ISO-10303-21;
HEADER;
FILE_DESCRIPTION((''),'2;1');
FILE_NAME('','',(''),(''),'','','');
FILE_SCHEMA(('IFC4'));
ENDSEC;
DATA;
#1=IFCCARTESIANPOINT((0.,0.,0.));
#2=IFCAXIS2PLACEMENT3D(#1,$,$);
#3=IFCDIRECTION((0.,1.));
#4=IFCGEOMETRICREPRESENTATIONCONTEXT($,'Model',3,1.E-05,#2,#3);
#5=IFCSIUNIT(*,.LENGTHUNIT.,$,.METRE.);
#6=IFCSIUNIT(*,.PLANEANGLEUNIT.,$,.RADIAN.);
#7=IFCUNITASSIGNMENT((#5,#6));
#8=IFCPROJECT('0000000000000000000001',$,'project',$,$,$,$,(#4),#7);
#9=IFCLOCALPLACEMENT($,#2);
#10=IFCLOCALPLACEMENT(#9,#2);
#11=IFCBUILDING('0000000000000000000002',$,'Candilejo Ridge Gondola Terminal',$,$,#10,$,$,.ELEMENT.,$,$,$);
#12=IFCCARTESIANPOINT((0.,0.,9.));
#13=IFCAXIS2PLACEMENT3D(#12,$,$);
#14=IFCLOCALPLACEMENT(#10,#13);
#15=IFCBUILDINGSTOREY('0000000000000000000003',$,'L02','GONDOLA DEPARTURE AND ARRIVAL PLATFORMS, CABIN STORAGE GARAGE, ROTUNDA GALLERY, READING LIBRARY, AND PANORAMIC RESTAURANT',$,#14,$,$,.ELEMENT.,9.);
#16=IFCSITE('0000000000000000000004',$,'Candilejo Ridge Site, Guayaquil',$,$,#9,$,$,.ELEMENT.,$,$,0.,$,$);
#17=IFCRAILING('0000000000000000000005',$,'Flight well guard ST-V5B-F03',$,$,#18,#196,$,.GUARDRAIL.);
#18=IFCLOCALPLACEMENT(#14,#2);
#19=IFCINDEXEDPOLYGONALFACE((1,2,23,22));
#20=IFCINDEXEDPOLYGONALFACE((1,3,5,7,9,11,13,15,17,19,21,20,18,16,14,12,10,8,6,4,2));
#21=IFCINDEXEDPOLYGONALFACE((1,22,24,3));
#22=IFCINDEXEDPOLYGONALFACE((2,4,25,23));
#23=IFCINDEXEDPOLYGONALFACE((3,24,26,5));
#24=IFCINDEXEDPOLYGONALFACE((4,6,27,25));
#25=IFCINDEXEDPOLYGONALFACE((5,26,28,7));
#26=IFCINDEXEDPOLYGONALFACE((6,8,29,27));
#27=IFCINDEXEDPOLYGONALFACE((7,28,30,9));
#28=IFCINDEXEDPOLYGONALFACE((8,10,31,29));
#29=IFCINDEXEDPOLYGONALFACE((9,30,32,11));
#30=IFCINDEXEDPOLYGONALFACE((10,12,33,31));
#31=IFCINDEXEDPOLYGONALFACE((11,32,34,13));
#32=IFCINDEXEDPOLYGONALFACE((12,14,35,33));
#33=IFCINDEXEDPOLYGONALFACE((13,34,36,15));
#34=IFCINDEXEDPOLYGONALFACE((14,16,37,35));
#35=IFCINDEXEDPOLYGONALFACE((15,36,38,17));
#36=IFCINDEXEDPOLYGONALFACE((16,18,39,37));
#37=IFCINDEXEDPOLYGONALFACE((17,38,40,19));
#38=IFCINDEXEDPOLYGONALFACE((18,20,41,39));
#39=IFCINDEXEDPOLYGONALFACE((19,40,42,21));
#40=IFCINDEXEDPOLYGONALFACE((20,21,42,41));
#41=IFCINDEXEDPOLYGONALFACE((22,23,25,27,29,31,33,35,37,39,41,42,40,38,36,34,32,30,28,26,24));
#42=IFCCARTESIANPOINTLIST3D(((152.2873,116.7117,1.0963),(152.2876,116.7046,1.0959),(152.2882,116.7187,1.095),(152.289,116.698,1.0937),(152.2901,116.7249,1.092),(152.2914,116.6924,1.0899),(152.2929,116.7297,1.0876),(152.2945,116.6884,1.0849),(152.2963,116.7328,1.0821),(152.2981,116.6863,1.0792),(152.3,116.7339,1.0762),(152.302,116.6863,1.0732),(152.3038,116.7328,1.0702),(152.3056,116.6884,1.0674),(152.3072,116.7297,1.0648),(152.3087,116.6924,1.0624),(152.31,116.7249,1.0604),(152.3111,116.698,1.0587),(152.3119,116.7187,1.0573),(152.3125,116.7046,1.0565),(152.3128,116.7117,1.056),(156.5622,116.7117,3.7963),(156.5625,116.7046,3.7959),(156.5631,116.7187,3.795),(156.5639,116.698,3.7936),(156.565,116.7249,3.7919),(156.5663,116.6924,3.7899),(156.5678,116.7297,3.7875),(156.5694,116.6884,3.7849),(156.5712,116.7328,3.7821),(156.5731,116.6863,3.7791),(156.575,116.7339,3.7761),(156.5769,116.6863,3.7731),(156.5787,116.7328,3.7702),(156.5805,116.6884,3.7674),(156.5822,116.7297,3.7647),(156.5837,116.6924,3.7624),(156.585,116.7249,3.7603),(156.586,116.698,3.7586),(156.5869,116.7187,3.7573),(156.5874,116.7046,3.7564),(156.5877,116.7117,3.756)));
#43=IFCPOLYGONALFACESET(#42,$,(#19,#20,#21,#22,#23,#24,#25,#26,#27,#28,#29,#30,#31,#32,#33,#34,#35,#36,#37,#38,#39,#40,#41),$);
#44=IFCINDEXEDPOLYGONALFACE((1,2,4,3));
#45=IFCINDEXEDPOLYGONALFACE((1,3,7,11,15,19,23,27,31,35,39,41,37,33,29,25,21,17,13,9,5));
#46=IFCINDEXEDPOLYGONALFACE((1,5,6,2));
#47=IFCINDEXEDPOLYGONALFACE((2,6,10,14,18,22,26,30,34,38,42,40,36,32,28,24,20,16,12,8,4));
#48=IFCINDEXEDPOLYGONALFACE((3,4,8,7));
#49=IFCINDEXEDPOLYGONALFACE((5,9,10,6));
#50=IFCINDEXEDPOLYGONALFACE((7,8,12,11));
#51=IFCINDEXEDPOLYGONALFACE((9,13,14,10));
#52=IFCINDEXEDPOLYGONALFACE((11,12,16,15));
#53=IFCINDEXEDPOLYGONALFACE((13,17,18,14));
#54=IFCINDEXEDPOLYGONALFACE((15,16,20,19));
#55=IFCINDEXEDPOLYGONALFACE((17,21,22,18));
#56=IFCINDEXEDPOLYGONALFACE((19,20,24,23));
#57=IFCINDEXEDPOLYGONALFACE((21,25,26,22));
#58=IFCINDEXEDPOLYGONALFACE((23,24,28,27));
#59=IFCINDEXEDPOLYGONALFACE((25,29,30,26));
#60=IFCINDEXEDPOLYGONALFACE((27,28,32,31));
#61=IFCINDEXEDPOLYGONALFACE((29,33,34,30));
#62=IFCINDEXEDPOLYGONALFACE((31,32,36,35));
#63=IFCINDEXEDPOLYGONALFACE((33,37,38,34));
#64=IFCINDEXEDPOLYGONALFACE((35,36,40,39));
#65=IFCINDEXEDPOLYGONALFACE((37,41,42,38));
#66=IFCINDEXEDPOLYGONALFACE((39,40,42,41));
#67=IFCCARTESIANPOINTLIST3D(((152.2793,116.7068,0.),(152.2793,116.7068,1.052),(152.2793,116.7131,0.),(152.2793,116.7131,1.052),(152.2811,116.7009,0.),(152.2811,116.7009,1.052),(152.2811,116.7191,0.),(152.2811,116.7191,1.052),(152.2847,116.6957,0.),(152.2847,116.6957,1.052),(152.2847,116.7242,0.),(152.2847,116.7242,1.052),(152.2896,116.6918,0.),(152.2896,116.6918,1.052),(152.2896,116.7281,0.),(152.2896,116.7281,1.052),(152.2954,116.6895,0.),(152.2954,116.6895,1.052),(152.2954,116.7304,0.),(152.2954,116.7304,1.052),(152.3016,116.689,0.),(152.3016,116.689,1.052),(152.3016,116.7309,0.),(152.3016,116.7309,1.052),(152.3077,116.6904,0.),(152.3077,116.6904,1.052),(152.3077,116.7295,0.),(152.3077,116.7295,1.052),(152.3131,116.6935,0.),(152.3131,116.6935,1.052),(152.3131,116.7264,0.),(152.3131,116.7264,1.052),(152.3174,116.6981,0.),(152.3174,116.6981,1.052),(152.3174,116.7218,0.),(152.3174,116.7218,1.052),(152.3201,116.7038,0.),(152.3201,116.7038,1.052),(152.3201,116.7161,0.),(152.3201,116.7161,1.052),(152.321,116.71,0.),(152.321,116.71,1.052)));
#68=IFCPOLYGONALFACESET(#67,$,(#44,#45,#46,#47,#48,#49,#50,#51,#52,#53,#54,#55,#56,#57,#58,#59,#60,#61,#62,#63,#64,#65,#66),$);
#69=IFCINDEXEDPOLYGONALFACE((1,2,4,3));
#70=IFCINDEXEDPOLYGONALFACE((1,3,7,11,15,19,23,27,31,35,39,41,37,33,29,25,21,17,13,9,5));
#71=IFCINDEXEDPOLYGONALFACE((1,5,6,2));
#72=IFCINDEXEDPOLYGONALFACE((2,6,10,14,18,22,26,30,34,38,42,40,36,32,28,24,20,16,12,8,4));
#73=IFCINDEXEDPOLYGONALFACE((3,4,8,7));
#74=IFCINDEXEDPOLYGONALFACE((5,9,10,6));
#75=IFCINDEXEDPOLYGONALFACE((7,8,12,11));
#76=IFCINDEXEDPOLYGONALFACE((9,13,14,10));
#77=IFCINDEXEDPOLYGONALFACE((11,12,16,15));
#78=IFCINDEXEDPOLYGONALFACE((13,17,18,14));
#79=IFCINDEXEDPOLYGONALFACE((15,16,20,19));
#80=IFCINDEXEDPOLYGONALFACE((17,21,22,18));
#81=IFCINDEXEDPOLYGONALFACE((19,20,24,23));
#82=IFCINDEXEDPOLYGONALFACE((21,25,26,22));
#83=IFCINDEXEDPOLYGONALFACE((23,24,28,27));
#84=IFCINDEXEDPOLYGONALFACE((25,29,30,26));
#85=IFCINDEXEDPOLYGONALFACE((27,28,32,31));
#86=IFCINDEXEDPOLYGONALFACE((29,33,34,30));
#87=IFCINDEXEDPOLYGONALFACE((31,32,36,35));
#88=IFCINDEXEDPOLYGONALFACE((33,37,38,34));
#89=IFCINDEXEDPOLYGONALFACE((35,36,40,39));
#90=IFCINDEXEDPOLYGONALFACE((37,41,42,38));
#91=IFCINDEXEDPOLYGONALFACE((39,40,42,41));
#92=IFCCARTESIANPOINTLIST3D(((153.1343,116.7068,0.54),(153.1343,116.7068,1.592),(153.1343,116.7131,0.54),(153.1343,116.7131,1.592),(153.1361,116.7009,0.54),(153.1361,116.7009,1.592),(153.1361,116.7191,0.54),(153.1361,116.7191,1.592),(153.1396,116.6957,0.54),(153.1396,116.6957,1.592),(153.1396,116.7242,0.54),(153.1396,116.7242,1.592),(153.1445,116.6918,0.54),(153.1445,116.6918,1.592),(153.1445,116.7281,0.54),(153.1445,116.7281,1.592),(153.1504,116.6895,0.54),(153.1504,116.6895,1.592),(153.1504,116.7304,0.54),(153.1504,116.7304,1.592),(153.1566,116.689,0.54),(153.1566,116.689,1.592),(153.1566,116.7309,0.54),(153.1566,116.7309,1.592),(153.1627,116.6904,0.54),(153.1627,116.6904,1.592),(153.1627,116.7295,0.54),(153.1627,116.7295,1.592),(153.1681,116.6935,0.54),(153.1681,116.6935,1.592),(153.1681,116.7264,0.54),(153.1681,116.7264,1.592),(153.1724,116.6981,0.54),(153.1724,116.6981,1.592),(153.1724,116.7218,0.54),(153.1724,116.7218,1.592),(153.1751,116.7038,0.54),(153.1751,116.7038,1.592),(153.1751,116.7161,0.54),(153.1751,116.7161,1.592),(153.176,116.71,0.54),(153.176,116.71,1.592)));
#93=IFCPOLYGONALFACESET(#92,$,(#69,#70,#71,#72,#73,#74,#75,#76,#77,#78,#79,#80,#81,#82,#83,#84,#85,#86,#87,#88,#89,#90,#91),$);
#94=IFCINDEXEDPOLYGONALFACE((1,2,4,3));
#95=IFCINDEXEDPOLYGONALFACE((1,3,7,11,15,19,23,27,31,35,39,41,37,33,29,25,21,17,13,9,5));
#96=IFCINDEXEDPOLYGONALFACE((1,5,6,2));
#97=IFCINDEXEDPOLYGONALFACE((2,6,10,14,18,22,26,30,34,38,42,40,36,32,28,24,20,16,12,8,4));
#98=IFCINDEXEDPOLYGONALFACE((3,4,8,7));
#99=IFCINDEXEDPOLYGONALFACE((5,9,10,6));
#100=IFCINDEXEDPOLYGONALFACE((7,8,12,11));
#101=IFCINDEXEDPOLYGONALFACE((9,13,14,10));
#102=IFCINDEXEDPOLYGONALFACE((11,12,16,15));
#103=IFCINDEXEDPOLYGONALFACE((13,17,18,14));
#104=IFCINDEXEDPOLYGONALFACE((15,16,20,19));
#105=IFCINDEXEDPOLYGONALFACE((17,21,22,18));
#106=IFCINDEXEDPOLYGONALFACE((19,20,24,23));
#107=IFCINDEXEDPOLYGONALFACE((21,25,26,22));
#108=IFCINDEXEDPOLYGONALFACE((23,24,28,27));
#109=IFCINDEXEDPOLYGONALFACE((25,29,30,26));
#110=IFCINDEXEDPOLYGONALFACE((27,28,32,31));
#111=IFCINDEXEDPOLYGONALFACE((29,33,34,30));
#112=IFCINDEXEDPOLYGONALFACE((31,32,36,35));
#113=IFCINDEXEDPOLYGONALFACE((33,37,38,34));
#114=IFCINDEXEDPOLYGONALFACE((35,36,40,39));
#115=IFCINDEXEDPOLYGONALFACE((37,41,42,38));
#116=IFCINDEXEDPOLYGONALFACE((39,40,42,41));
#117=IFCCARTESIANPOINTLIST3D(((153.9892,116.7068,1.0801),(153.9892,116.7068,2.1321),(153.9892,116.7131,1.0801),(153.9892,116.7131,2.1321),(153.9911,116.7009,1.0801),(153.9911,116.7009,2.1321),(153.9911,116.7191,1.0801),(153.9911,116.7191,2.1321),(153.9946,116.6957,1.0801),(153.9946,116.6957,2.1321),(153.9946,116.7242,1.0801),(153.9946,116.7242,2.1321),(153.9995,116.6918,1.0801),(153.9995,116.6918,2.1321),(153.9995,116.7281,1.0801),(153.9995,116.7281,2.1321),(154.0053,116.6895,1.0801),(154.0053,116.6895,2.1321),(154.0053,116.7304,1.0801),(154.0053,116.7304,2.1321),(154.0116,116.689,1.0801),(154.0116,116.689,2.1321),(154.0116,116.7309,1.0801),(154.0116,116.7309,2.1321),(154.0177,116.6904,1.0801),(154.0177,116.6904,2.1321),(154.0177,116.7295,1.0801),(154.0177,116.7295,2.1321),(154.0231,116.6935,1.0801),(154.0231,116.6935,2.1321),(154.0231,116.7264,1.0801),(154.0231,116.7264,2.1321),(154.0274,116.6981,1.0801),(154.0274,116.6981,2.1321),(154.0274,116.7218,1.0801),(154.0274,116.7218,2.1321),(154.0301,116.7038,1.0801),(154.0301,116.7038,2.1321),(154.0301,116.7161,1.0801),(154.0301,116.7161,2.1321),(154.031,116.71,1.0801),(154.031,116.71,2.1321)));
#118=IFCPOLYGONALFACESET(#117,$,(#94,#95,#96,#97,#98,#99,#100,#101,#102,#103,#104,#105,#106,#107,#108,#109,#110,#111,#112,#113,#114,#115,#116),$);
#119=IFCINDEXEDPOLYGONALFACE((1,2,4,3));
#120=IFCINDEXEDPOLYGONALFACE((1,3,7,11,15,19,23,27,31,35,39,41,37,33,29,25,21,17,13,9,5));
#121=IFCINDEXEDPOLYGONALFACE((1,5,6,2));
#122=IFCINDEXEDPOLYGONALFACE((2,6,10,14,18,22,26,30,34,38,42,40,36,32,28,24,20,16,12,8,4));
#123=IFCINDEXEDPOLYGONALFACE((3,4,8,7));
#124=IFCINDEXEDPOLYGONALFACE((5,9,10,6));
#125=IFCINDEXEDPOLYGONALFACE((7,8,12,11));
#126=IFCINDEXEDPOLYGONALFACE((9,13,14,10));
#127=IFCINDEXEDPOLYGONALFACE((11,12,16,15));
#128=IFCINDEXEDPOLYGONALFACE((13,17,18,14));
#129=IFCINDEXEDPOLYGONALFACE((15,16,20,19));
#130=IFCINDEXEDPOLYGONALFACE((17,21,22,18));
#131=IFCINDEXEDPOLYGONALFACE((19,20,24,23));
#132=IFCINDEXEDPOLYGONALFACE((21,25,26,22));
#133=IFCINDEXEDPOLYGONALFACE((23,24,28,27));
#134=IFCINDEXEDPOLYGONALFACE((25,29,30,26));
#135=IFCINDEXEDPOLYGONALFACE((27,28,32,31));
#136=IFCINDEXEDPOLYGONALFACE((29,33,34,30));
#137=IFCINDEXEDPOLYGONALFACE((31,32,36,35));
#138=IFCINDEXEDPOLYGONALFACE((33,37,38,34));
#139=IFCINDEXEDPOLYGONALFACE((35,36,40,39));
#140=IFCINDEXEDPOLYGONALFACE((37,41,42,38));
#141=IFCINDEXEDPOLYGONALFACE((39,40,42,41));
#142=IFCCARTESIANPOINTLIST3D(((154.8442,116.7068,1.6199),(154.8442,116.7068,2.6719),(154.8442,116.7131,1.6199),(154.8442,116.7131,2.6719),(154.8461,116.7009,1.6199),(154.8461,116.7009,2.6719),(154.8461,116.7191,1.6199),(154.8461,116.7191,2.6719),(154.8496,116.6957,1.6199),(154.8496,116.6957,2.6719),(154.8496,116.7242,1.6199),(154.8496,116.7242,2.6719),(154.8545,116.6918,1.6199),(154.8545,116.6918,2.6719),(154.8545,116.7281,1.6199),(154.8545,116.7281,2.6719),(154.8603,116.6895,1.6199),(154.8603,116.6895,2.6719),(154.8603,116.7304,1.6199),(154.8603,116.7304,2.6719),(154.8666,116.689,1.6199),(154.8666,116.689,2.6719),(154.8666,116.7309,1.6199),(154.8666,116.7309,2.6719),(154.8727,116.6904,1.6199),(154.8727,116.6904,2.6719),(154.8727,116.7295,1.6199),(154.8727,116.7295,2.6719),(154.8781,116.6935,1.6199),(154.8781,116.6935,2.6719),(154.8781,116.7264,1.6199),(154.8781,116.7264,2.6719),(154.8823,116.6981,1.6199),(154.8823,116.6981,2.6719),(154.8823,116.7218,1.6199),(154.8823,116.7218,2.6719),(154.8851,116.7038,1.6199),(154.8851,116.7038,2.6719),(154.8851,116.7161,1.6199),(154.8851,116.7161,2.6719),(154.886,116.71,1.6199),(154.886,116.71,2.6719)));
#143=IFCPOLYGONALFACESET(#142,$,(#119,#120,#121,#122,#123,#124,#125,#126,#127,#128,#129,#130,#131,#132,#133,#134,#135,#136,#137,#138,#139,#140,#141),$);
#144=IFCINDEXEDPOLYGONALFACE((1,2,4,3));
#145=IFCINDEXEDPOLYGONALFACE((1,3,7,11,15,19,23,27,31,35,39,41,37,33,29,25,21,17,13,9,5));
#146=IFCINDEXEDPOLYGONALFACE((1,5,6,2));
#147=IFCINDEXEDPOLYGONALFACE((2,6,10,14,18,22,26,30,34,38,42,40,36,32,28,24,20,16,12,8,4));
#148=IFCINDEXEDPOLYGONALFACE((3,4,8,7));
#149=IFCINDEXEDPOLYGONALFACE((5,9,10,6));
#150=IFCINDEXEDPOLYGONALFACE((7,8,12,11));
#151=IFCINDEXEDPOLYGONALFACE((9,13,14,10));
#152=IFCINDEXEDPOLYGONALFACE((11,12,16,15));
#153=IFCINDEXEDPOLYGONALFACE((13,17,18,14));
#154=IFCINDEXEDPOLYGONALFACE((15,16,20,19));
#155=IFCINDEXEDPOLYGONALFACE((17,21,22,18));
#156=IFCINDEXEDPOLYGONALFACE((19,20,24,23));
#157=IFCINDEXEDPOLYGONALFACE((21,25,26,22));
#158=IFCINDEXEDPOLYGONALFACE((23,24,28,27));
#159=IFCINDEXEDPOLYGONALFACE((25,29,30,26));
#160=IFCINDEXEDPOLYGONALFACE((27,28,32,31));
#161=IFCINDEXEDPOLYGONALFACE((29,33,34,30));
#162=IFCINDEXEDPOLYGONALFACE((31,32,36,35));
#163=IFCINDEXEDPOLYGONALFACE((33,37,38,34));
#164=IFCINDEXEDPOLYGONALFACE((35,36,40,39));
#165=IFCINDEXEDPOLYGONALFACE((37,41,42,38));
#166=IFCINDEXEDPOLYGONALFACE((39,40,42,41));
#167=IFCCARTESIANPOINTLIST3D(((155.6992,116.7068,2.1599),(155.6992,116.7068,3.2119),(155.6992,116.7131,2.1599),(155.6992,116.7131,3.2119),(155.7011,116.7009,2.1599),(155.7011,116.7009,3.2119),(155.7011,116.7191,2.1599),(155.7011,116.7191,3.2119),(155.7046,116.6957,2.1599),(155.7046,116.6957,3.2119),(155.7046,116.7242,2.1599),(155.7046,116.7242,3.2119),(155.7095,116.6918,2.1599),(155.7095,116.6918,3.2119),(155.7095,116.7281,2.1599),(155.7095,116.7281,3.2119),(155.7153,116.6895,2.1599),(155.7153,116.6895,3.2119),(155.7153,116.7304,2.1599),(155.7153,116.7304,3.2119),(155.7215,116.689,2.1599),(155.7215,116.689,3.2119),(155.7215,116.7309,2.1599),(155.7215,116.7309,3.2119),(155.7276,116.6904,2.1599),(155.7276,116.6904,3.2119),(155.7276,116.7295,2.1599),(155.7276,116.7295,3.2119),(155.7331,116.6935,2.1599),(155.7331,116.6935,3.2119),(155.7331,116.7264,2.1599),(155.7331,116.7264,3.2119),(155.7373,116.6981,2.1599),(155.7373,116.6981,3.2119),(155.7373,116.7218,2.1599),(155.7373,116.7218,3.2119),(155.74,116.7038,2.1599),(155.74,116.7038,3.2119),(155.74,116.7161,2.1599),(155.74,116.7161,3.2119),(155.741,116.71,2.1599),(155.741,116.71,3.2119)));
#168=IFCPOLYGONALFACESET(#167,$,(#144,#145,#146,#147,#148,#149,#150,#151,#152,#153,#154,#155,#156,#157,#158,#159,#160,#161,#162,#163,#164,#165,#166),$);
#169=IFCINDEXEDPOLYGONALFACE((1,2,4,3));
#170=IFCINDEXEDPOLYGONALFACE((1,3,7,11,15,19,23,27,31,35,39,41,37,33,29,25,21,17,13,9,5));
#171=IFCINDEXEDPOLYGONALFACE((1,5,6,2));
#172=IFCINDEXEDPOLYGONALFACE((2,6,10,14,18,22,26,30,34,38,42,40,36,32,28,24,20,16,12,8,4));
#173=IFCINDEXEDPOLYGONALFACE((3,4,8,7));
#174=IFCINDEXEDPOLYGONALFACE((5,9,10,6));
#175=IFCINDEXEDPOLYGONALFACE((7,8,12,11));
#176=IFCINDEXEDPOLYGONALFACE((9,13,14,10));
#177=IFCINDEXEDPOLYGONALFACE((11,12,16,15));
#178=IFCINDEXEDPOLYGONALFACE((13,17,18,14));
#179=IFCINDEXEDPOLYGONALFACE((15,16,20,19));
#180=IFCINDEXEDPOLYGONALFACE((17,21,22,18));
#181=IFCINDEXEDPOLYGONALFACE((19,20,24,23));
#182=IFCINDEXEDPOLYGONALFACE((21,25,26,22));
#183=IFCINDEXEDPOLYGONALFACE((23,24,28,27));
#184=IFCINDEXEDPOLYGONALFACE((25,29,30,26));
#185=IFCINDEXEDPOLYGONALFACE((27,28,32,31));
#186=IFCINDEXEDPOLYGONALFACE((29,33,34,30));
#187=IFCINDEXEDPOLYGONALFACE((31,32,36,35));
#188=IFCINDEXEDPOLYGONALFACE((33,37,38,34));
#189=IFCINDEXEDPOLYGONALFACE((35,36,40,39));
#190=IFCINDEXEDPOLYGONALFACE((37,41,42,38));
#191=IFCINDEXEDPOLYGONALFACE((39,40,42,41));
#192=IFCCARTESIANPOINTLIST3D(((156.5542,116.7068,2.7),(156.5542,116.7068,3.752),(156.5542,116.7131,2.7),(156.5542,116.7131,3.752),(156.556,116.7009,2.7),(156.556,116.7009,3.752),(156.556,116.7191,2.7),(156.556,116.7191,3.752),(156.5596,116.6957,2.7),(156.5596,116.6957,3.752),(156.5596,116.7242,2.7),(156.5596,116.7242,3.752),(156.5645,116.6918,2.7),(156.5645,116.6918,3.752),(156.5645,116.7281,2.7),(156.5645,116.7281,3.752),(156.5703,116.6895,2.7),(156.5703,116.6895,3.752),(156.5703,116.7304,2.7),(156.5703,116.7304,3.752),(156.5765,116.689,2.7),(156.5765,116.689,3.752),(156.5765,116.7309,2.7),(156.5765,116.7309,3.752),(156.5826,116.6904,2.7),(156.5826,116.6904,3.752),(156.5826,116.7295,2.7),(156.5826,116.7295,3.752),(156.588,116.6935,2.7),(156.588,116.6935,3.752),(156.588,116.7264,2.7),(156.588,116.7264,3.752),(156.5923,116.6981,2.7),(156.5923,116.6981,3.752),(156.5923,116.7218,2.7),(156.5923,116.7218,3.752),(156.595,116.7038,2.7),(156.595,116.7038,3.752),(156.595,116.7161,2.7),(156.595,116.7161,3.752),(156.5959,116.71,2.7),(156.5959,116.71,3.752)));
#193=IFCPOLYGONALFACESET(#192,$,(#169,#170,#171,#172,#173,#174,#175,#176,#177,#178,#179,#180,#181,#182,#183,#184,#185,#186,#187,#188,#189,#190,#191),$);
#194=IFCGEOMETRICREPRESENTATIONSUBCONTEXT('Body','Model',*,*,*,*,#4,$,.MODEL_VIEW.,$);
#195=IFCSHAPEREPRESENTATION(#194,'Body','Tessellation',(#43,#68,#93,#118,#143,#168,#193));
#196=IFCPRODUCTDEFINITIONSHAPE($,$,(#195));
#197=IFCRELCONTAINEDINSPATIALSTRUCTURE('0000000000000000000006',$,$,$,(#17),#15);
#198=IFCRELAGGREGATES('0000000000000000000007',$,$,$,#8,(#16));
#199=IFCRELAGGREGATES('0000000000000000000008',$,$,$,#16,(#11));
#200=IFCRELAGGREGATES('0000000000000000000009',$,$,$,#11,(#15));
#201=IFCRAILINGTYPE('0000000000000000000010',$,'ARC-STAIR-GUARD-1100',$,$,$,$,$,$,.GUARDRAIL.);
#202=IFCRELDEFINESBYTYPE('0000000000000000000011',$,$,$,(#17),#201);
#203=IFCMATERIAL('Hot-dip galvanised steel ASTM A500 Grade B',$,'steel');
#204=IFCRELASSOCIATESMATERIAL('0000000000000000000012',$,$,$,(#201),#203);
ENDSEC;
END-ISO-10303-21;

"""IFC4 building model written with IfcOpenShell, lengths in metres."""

from ifc_helpers import new_model, si_unit, direction, frame, origin, origin_2d, place, context, subcontext, project, spatial, circle, extrude, material, type_object, element, save


model = new_model("IFC4")

# Units and contexts
model_context = context("Model", 3, precision=1e-05, world=origin(), true_north=direction((0.0, 1.0)))
body_context = subcontext(model_context, "Body", "Model", "MODEL_VIEW")
ifc_project = project(units=[si_unit("LENGTHUNIT", "METRE"), si_unit("PLANEANGLEUNIT", "RADIAN")], contexts=[model_context])

# Site, building, storey
site_placement = place(None, origin())
site = spatial("IfcSite", under=ifc_project, at=site_placement, Name="Candilejo Ridge Site, Guayaquil", CompositionType="ELEMENT", RefElevation=0.0)
building_placement = place(site_placement, origin())
building = spatial("IfcBuilding", under=site, at=building_placement, Name="Candilejo Ridge Gondola Terminal", CompositionType="ELEMENT")
storey_placement = place(building_placement, frame((0.0, 0.0, 9.0)))
storey = spatial("IfcBuildingStorey", under=building, at=storey_placement, Name="L02", Description="GONDOLA DEPARTURE AND ARRIVAL PLATFORMS, CABIN STORAGE GARAGE, ROTUNDA GALLERY, READING LIBRARY, AND PANORAMIC RESTAURANT", CompositionType="ELEMENT", Elevation=9.0)

# Railing
ifc_material_1 = material(Name="Hot-dip galvanised steel ASTM A500 Grade B", Category="steel")
railing_type_1 = type_object("IfcRailingType", Name="ARC-STAIR-GUARD-1100", PredefinedType="GUARDRAIL", material=ifc_material_1)
railing_1_placement = place(storey_placement, frame((152.3, 116.71, 0.0)))
element("IfcRailing", 1, at=railing_1_placement, inside=storey, type_object=railing_type_1, Name="Flight well guard ST-V5B-F03", PredefinedType="GUARDRAIL", context=body_context, shape_type="SweptSolid", body=[
    extrude(circle(Radius=0.0239, at=origin_2d()), frame((0.0, 0.0, 1.0762), z_axis=(0.845488, 0.0, 0.533995), x_axis=(0.0, 1.0, 0.0)), (0.0, 0.0, 1.0), 5.0562),
    extrude(circle(Radius=0.021, at=origin_2d()), origin(), (0.0, 0.0, 1.0), 1.052),
    extrude(circle(Radius=0.021, at=origin_2d()), frame((0.855, 0.0, 0.54)), (0.0, 0.0, 1.0), 1.052),
    extrude(circle(Radius=0.021, at=origin_2d()), frame((1.71, 0.0, 1.0801)), (0.0, 0.0, 1.0), 1.052),
    extrude(circle(Radius=0.021, at=origin_2d()), frame((2.5649, 0.0, 1.6199)), (0.0, 0.0, 1.0), 1.052),
    extrude(circle(Radius=0.021, at=origin_2d()), frame((3.4199, 0.0, 2.1599)), (0.0, 0.0, 1.0), 1.052),
    extrude(circle(Radius=0.021, at=origin_2d()), frame((4.2749, 0.0, 2.7)), (0.0, 0.0, 1.0), 1.052),
])

save(model, "model.ifc")
